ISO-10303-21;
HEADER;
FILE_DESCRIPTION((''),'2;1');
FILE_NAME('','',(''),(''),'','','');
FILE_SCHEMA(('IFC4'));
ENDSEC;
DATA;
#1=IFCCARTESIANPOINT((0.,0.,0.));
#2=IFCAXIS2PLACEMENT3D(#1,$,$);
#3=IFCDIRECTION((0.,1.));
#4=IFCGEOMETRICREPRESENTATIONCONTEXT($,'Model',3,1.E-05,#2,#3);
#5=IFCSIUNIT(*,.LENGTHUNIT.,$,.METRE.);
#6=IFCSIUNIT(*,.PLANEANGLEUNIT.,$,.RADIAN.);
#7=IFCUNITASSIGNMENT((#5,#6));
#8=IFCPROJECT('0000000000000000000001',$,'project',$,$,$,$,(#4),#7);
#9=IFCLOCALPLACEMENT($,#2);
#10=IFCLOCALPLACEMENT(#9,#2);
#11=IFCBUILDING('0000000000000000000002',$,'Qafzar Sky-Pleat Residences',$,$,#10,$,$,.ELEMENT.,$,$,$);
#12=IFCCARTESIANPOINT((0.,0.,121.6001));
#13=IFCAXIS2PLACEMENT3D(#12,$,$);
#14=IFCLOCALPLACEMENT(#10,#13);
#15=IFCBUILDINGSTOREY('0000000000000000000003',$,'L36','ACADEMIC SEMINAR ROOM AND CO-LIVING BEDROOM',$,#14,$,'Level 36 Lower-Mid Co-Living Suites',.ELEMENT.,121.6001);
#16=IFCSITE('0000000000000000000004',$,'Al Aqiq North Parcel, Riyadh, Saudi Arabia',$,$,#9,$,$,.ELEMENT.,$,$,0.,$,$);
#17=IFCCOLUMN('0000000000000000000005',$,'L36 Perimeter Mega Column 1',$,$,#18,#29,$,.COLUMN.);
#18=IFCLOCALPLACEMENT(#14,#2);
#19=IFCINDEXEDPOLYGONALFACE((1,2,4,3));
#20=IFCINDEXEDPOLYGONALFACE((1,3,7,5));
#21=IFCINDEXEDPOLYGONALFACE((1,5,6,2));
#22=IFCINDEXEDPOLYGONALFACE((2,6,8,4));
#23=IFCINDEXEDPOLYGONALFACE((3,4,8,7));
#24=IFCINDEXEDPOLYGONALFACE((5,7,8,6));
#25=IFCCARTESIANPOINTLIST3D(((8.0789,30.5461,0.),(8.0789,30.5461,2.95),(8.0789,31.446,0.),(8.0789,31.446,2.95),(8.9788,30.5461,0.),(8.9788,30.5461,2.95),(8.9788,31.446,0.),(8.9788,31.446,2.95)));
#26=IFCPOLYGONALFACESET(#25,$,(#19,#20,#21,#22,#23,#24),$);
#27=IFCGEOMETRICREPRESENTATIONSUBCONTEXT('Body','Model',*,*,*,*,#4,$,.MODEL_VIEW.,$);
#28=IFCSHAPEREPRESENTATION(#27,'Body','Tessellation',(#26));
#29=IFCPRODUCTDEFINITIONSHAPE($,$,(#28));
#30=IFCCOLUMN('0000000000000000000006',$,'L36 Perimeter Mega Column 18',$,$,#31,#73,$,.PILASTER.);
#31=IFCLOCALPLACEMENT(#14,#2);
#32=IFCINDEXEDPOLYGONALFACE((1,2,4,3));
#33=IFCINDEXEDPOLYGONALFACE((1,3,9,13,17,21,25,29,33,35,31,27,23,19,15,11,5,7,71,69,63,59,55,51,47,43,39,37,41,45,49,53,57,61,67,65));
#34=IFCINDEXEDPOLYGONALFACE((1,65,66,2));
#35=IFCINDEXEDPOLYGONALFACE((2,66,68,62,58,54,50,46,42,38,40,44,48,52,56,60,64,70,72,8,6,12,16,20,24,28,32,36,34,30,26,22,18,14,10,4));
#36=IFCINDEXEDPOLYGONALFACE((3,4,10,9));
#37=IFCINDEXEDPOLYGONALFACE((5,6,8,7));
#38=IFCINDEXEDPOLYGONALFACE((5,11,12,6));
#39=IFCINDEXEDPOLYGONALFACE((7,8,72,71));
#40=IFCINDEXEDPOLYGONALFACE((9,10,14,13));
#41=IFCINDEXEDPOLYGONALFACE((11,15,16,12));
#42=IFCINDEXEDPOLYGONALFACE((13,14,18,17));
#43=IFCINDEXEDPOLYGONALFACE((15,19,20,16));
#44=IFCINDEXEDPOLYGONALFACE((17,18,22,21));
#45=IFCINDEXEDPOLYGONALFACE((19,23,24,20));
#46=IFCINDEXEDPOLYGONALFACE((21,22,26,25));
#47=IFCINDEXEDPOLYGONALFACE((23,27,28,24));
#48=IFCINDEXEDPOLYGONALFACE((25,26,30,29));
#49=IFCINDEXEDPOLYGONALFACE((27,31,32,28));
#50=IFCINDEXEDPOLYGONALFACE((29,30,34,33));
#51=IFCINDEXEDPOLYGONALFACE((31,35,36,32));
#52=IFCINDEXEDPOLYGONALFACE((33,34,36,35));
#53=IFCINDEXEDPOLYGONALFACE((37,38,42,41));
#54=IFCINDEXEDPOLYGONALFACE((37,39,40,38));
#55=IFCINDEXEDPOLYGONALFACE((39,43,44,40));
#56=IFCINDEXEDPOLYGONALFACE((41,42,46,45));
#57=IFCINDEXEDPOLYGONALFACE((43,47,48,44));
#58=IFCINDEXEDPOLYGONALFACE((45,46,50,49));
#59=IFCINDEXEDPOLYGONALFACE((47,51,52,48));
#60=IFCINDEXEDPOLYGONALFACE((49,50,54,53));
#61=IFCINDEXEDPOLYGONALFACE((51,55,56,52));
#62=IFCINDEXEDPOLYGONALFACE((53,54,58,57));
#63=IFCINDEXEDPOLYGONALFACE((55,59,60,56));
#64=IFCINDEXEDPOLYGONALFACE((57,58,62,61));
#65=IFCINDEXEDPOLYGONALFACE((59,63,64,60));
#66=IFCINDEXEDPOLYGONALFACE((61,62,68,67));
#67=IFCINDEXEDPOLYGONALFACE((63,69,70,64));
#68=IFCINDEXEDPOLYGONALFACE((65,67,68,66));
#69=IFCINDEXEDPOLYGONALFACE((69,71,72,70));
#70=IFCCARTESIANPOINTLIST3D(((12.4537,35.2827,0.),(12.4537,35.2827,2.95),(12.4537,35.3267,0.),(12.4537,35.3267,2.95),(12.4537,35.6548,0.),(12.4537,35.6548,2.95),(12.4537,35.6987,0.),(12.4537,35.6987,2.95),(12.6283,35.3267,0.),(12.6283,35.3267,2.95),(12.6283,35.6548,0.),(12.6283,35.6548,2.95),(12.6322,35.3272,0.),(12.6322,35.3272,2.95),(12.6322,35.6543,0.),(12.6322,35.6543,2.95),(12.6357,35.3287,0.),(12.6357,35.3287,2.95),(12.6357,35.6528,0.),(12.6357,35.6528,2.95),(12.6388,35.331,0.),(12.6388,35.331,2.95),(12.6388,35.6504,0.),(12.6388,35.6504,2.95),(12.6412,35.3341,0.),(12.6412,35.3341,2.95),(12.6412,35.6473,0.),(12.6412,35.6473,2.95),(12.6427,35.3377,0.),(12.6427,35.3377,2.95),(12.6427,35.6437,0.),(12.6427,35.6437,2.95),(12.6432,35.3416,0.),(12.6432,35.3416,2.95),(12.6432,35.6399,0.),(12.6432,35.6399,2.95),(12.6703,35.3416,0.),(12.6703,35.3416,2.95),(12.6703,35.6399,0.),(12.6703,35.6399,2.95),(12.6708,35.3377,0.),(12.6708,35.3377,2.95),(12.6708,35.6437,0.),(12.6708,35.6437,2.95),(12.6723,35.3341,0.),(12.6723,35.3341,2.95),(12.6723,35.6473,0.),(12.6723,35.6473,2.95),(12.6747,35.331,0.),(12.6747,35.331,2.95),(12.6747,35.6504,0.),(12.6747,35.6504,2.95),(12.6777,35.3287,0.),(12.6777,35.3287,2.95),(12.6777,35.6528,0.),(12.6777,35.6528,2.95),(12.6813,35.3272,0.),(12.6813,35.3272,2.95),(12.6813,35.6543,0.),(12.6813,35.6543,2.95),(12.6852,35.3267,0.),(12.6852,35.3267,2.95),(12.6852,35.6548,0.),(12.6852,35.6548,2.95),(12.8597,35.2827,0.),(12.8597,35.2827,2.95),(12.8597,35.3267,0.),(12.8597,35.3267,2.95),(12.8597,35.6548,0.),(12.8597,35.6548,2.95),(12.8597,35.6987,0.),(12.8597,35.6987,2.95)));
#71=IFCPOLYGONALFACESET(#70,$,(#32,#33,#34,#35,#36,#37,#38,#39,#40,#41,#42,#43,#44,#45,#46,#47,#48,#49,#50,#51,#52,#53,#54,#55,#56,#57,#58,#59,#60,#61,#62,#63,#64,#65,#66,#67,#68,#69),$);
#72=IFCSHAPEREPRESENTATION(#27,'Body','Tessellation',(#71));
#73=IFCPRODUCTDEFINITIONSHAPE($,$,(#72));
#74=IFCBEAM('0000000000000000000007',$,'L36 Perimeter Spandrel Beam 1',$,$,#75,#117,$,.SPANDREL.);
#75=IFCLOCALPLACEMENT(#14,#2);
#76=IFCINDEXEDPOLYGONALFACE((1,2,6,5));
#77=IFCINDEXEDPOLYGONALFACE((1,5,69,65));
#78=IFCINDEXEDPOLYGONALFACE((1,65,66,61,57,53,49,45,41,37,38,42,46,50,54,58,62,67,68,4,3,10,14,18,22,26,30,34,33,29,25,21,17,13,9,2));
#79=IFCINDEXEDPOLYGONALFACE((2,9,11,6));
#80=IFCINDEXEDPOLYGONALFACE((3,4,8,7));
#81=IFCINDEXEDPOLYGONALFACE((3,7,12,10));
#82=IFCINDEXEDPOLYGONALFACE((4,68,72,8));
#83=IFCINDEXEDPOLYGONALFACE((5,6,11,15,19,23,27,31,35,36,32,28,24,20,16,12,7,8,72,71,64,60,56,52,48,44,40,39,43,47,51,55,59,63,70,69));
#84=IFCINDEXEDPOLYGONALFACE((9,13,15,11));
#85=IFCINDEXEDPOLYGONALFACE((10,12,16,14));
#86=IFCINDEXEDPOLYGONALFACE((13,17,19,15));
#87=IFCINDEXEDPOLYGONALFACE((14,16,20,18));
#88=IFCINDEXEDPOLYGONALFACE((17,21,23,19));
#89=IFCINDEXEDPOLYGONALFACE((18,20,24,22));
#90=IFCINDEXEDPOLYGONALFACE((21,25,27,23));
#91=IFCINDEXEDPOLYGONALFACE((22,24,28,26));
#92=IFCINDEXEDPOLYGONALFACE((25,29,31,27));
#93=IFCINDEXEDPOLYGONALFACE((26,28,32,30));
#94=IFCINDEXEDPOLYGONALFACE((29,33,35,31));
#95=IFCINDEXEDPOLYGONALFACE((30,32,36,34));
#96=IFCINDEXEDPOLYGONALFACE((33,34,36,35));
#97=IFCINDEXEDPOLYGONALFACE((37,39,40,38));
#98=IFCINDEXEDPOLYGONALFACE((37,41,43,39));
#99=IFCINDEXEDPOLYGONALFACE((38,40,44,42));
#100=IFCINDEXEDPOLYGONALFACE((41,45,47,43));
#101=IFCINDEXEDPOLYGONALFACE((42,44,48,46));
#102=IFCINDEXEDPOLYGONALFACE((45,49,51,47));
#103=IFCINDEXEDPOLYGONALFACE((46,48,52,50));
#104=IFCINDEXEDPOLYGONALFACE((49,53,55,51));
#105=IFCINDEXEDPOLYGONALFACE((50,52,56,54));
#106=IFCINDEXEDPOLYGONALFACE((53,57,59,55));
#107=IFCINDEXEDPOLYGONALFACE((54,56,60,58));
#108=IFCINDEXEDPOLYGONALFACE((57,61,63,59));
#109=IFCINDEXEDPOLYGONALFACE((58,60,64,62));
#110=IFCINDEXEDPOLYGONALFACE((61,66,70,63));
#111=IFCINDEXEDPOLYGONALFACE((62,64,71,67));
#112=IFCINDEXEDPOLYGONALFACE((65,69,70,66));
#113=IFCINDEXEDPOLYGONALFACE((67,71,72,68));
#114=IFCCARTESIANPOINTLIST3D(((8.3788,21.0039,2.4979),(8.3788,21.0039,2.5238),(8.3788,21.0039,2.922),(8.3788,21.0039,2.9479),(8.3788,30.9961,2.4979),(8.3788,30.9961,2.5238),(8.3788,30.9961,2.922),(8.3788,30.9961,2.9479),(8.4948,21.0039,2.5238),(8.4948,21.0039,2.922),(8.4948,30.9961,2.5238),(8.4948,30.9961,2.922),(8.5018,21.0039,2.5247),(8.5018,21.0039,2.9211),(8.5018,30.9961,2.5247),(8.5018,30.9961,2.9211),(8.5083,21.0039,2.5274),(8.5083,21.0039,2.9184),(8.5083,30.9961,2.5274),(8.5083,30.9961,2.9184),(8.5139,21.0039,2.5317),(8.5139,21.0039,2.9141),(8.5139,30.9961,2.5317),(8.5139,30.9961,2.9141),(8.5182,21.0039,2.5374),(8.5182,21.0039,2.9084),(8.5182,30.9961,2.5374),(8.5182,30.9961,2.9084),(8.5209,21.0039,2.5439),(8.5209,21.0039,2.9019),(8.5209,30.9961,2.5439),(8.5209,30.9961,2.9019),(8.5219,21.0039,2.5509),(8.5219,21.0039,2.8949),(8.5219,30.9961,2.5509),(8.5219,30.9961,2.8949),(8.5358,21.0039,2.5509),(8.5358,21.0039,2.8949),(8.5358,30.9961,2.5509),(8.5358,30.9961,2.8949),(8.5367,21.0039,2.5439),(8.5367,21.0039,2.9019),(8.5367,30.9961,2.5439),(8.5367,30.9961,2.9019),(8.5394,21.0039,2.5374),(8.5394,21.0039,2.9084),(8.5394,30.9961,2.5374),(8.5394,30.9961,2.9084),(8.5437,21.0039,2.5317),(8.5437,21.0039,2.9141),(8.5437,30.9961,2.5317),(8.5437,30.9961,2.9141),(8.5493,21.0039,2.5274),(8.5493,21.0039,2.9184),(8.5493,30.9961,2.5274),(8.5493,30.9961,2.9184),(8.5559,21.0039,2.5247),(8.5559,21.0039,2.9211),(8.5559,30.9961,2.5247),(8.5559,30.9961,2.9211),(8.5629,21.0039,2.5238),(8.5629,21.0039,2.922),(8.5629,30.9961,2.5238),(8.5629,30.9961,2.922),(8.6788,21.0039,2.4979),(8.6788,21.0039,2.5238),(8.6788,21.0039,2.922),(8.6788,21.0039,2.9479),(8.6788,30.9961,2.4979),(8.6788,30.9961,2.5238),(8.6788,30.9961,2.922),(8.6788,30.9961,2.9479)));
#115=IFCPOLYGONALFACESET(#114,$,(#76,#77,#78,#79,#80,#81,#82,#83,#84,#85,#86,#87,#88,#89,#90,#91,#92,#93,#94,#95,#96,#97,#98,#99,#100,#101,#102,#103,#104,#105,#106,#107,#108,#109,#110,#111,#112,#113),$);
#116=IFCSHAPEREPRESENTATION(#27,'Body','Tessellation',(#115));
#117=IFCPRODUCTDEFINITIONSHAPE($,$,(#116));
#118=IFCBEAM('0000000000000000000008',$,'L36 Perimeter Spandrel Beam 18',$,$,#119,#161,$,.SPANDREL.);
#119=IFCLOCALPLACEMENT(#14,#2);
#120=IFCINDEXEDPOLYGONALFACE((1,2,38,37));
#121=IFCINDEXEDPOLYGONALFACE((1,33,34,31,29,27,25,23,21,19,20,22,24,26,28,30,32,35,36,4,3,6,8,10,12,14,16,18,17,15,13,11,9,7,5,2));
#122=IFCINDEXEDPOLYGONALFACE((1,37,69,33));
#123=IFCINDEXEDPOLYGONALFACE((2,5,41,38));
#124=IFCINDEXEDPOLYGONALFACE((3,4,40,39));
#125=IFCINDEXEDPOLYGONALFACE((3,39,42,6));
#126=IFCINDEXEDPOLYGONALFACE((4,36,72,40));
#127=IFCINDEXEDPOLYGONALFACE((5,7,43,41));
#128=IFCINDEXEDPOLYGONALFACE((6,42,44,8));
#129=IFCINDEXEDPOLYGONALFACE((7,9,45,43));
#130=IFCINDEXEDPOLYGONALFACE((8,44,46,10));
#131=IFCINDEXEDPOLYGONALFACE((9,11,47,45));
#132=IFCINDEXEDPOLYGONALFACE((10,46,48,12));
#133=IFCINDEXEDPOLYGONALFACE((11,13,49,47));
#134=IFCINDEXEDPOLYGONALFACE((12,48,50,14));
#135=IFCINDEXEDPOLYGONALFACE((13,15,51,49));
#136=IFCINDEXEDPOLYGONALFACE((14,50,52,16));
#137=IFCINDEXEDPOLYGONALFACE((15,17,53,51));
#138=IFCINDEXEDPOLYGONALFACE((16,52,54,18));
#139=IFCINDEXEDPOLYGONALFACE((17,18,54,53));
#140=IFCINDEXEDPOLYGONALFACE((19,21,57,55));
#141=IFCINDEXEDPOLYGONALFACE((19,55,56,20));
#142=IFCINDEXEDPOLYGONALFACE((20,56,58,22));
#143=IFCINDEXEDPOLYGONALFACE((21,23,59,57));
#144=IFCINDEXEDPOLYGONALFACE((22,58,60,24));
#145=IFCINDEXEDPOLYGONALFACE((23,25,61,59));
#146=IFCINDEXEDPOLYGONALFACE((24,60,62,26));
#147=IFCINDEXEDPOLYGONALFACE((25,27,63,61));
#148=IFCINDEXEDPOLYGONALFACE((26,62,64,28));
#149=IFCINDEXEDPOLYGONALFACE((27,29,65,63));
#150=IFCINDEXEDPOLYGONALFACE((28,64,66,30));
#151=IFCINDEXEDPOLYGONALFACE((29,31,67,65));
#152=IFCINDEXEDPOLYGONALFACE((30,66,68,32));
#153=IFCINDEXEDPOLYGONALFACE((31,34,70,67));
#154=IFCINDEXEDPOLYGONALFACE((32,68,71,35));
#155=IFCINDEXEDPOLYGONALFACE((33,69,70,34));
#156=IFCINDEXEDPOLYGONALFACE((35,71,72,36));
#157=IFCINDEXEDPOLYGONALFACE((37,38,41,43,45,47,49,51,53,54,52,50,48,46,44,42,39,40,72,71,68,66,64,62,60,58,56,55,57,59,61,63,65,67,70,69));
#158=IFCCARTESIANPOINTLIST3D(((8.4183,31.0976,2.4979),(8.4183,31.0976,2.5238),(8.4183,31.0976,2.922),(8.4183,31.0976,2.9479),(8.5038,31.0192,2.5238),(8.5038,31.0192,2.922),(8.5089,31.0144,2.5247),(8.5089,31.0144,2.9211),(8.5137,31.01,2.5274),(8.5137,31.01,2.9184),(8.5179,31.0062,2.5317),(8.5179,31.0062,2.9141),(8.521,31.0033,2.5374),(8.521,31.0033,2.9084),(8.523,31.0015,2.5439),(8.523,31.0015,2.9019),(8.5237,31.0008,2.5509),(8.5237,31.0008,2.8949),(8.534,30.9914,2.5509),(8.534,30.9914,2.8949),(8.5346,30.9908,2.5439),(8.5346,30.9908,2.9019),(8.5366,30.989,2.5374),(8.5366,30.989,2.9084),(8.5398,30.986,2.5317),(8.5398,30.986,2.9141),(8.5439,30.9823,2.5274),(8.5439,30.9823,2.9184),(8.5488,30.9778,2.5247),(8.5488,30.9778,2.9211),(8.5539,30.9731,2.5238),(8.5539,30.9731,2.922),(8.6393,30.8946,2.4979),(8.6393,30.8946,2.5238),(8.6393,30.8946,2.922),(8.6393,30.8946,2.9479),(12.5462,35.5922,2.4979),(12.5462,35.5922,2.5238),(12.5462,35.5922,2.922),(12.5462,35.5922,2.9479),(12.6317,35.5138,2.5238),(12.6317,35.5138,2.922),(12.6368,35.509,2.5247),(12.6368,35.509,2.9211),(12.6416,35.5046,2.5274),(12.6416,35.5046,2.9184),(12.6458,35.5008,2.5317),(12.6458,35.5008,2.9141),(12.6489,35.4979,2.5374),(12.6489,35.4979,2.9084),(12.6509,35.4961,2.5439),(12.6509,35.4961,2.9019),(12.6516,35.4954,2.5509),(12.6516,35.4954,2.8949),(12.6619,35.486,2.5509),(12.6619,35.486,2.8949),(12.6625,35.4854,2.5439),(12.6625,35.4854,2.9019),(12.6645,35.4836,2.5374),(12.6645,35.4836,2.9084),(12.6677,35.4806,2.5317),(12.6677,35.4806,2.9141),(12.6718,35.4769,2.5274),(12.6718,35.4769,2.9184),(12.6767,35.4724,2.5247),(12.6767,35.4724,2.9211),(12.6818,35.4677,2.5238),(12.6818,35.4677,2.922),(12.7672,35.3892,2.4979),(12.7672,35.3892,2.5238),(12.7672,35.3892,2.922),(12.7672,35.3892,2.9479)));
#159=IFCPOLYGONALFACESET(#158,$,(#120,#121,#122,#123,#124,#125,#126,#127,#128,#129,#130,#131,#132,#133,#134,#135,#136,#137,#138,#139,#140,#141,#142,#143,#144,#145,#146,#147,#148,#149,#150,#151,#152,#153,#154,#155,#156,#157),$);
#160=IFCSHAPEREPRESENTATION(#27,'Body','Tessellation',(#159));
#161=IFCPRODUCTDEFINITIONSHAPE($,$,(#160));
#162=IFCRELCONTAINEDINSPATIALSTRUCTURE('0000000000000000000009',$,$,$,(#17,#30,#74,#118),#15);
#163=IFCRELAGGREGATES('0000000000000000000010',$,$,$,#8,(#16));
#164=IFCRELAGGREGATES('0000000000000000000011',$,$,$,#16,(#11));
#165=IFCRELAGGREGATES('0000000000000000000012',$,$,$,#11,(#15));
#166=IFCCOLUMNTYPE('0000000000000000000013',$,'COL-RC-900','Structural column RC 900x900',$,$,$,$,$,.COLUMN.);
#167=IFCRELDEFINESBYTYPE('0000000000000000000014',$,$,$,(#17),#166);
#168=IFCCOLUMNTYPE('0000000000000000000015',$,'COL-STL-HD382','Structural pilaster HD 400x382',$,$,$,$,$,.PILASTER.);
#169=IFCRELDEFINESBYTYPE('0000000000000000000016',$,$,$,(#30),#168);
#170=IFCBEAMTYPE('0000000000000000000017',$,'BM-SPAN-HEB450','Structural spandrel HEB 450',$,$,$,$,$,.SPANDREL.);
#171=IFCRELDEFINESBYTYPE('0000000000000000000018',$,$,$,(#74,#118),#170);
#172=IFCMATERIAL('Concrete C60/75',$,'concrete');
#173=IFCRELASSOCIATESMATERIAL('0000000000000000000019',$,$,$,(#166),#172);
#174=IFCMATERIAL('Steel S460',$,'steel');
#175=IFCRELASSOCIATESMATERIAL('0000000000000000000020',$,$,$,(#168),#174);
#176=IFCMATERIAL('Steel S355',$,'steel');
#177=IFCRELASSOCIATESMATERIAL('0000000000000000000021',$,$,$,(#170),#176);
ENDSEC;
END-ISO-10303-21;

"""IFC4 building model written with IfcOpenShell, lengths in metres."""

from ifc_helpers import new_model, si_unit, direction, frame, origin, origin_2d, place, context, subcontext, project, spatial, rectangle, i_section, extrude, source, transform, mapped, material, material_profile, profile_set, type_object, element, save


model = new_model("IFC4")

# Units and contexts
model_context = context("Model", 3, precision=1e-05, world=origin(), true_north=direction((0.0, 1.0)))
body_context = subcontext(model_context, "Body", "Model", "MODEL_VIEW")
ifc_project = project(units=[si_unit("LENGTHUNIT", "METRE"), si_unit("PLANEANGLEUNIT", "RADIAN")], contexts=[model_context])

# Site, building, storey
site_placement = place(None, origin())
site = spatial("IfcSite", under=ifc_project, at=site_placement, Name="Al Aqiq North Parcel, Riyadh, Saudi Arabia", CompositionType="ELEMENT", RefElevation=0.0)
building_placement = place(site_placement, origin())
building = spatial("IfcBuilding", under=site, at=building_placement, Name="Qafzar Sky-Pleat Residences", CompositionType="ELEMENT")
storey_placement = place(building_placement, frame((0.0, 0.0, 121.6001)))
storey = spatial("IfcBuildingStorey", under=building, at=storey_placement, Name="L36", Description="ACADEMIC SEMINAR ROOM AND CO-LIVING BEDROOM", LongName="Level 36 Lower-Mid Co-Living Suites", CompositionType="ELEMENT", Elevation=121.6001)

# Columns
ifc_material_1 = material(Name="Concrete C60/75", Category="concrete")
ifc_material_profile_1 = material_profile(ifc_material_1, rectangle(XDim=0.8999, YDim=0.8999, at=origin_2d()), Name="RC 900x900")
ifc_profile_set_1 = profile_set([ifc_material_profile_1], Name="Concrete C60/75")
column_type_1 = type_object("IfcColumnType", Name="COL-RC-900", Description="Structural column RC 900x900", PredefinedType="COLUMN", material=ifc_profile_set_1)
shared_shape_1 = source(origin(), body_context, "Body", "SweptSolid", [
    extrude(rectangle(XDim=0.8999, YDim=0.8999, at=origin_2d()), origin(), (0.0, 0.0, 1.0), 2.95),
])
column_1_placement = place(storey_placement, frame((8.5288, 30.9961, 0.0), z_axis=(0.0, 0.0, 1.0), x_axis=(1.0, 0.0, 0.0)))
element("IfcColumn", 1, at=column_1_placement, inside=storey, type_object=column_type_1, Name="L36 Perimeter Mega Column 1", PredefinedType="COLUMN", context=body_context, shape_type="MappedRepresentation", body=[
    mapped(shared_shape_1, transform((0.0, 0.0, 0.0), x_axis=(1.0, 0.0, 0.0), y_axis=(0.0, 1.0, 0.0), z_axis=(0.0, 0.0, 1.0), scale=1.0)),
])
ifc_material_2 = material(Name="Steel S460", Category="steel")
ifc_material_profile_2 = material_profile(ifc_material_2, i_section(OverallWidth=0.406, OverallDepth=0.416, WebThickness=0.0271, FlangeThickness=0.0439, FilletRadius=0.0149, at=origin_2d()), Name="HD 400x382")
ifc_profile_set_2 = profile_set([ifc_material_profile_2], Name="Steel S460")
column_type_2 = type_object("IfcColumnType", Name="COL-STL-HD382", Description="Structural pilaster HD 400x382", PredefinedType="PILASTER", material=ifc_profile_set_2)
shared_shape_2 = source(origin(), body_context, "Body", "SweptSolid", [
    extrude(i_section(OverallWidth=0.406, OverallDepth=0.416, WebThickness=0.0271, FlangeThickness=0.0439, FilletRadius=0.0149, at=origin_2d()), origin(), (0.0, 0.0, 1.0), 2.95),
])
column_2_placement = place(storey_placement, frame((12.6567, 35.4907, 0.0), z_axis=(0.0, 0.0, 1.0), x_axis=(1.0, 0.0, 0.0)))
element("IfcColumn", 2, at=column_2_placement, inside=storey, type_object=column_type_2, Name="L36 Perimeter Mega Column 18", PredefinedType="PILASTER", context=body_context, shape_type="MappedRepresentation", body=[
    mapped(shared_shape_2, transform((0.0, 0.0, 0.0), x_axis=(1.0, 0.0, 0.0), y_axis=(0.0, 1.0, 0.0), z_axis=(0.0, 0.0, 1.0), scale=1.0)),
])

# Beams
ifc_material_3 = material(Name="Steel S355", Category="steel")
ifc_material_profile_3 = material_profile(ifc_material_3, i_section(OverallWidth=0.3, OverallDepth=0.45, WebThickness=0.0139, FlangeThickness=0.0259, FilletRadius=0.0271, at=origin_2d()), Name="HEB 450")
ifc_profile_set_3 = profile_set([ifc_material_profile_3], Name="Steel S355")
beam_type_1 = type_object("IfcBeamType", Name="BM-SPAN-HEB450", Description="Structural spandrel HEB 450", PredefinedType="SPANDREL", material=ifc_profile_set_3)
shared_shape_3 = source(origin(), body_context, "Body", "SweptSolid", [
    extrude(i_section(OverallWidth=0.3, OverallDepth=0.45, WebThickness=0.0139, FlangeThickness=0.0259, FilletRadius=0.0271, at=origin_2d()), origin(), (0.0, 0.0, 1.0), 9.9922),
])
beam_1_placement = place(storey_placement, frame((8.5288, 30.9961, 2.7229), z_axis=(0.0, -1.0, 0.0), x_axis=(1.0, 0.0, 0.0)))
element("IfcBeam", 3, at=beam_1_placement, inside=storey, type_object=beam_type_1, Name="L36 Perimeter Spandrel Beam 1", PredefinedType="SPANDREL", context=body_context, shape_type="MappedRepresentation", body=[
    mapped(shared_shape_3, transform((0.0, 0.0, 0.0), x_axis=(1.0, 0.0, 0.0), y_axis=(0.0, 1.0, 0.0), z_axis=(0.0, 0.0, 1.0), scale=1.0)),
])
shared_shape_4 = source(origin(), body_context, "Body", "SweptSolid", [
    extrude(i_section(OverallWidth=0.3, OverallDepth=0.45, WebThickness=0.0139, FlangeThickness=0.0259, FilletRadius=0.0271, at=origin_2d()), origin(), (0.0, 0.0, 1.0), 6.1025),
])
beam_2_placement = place(storey_placement, frame((12.6567, 35.4907, 2.7229), z_axis=(-0.676424, -0.736513, 0.0), x_axis=(0.736513, -0.676424, 0.0)))
element("IfcBeam", 4, at=beam_2_placement, inside=storey, type_object=beam_type_1, Name="L36 Perimeter Spandrel Beam 18", PredefinedType="SPANDREL", context=body_context, shape_type="MappedRepresentation", body=[
    mapped(shared_shape_4, transform((0.0, 0.0, 0.0), x_axis=(1.0, 0.0, 0.0), y_axis=(0.0, 1.0, 0.0), z_axis=(0.0, 0.0, 1.0), scale=1.0)),
])

save(model, "model.ifc")
